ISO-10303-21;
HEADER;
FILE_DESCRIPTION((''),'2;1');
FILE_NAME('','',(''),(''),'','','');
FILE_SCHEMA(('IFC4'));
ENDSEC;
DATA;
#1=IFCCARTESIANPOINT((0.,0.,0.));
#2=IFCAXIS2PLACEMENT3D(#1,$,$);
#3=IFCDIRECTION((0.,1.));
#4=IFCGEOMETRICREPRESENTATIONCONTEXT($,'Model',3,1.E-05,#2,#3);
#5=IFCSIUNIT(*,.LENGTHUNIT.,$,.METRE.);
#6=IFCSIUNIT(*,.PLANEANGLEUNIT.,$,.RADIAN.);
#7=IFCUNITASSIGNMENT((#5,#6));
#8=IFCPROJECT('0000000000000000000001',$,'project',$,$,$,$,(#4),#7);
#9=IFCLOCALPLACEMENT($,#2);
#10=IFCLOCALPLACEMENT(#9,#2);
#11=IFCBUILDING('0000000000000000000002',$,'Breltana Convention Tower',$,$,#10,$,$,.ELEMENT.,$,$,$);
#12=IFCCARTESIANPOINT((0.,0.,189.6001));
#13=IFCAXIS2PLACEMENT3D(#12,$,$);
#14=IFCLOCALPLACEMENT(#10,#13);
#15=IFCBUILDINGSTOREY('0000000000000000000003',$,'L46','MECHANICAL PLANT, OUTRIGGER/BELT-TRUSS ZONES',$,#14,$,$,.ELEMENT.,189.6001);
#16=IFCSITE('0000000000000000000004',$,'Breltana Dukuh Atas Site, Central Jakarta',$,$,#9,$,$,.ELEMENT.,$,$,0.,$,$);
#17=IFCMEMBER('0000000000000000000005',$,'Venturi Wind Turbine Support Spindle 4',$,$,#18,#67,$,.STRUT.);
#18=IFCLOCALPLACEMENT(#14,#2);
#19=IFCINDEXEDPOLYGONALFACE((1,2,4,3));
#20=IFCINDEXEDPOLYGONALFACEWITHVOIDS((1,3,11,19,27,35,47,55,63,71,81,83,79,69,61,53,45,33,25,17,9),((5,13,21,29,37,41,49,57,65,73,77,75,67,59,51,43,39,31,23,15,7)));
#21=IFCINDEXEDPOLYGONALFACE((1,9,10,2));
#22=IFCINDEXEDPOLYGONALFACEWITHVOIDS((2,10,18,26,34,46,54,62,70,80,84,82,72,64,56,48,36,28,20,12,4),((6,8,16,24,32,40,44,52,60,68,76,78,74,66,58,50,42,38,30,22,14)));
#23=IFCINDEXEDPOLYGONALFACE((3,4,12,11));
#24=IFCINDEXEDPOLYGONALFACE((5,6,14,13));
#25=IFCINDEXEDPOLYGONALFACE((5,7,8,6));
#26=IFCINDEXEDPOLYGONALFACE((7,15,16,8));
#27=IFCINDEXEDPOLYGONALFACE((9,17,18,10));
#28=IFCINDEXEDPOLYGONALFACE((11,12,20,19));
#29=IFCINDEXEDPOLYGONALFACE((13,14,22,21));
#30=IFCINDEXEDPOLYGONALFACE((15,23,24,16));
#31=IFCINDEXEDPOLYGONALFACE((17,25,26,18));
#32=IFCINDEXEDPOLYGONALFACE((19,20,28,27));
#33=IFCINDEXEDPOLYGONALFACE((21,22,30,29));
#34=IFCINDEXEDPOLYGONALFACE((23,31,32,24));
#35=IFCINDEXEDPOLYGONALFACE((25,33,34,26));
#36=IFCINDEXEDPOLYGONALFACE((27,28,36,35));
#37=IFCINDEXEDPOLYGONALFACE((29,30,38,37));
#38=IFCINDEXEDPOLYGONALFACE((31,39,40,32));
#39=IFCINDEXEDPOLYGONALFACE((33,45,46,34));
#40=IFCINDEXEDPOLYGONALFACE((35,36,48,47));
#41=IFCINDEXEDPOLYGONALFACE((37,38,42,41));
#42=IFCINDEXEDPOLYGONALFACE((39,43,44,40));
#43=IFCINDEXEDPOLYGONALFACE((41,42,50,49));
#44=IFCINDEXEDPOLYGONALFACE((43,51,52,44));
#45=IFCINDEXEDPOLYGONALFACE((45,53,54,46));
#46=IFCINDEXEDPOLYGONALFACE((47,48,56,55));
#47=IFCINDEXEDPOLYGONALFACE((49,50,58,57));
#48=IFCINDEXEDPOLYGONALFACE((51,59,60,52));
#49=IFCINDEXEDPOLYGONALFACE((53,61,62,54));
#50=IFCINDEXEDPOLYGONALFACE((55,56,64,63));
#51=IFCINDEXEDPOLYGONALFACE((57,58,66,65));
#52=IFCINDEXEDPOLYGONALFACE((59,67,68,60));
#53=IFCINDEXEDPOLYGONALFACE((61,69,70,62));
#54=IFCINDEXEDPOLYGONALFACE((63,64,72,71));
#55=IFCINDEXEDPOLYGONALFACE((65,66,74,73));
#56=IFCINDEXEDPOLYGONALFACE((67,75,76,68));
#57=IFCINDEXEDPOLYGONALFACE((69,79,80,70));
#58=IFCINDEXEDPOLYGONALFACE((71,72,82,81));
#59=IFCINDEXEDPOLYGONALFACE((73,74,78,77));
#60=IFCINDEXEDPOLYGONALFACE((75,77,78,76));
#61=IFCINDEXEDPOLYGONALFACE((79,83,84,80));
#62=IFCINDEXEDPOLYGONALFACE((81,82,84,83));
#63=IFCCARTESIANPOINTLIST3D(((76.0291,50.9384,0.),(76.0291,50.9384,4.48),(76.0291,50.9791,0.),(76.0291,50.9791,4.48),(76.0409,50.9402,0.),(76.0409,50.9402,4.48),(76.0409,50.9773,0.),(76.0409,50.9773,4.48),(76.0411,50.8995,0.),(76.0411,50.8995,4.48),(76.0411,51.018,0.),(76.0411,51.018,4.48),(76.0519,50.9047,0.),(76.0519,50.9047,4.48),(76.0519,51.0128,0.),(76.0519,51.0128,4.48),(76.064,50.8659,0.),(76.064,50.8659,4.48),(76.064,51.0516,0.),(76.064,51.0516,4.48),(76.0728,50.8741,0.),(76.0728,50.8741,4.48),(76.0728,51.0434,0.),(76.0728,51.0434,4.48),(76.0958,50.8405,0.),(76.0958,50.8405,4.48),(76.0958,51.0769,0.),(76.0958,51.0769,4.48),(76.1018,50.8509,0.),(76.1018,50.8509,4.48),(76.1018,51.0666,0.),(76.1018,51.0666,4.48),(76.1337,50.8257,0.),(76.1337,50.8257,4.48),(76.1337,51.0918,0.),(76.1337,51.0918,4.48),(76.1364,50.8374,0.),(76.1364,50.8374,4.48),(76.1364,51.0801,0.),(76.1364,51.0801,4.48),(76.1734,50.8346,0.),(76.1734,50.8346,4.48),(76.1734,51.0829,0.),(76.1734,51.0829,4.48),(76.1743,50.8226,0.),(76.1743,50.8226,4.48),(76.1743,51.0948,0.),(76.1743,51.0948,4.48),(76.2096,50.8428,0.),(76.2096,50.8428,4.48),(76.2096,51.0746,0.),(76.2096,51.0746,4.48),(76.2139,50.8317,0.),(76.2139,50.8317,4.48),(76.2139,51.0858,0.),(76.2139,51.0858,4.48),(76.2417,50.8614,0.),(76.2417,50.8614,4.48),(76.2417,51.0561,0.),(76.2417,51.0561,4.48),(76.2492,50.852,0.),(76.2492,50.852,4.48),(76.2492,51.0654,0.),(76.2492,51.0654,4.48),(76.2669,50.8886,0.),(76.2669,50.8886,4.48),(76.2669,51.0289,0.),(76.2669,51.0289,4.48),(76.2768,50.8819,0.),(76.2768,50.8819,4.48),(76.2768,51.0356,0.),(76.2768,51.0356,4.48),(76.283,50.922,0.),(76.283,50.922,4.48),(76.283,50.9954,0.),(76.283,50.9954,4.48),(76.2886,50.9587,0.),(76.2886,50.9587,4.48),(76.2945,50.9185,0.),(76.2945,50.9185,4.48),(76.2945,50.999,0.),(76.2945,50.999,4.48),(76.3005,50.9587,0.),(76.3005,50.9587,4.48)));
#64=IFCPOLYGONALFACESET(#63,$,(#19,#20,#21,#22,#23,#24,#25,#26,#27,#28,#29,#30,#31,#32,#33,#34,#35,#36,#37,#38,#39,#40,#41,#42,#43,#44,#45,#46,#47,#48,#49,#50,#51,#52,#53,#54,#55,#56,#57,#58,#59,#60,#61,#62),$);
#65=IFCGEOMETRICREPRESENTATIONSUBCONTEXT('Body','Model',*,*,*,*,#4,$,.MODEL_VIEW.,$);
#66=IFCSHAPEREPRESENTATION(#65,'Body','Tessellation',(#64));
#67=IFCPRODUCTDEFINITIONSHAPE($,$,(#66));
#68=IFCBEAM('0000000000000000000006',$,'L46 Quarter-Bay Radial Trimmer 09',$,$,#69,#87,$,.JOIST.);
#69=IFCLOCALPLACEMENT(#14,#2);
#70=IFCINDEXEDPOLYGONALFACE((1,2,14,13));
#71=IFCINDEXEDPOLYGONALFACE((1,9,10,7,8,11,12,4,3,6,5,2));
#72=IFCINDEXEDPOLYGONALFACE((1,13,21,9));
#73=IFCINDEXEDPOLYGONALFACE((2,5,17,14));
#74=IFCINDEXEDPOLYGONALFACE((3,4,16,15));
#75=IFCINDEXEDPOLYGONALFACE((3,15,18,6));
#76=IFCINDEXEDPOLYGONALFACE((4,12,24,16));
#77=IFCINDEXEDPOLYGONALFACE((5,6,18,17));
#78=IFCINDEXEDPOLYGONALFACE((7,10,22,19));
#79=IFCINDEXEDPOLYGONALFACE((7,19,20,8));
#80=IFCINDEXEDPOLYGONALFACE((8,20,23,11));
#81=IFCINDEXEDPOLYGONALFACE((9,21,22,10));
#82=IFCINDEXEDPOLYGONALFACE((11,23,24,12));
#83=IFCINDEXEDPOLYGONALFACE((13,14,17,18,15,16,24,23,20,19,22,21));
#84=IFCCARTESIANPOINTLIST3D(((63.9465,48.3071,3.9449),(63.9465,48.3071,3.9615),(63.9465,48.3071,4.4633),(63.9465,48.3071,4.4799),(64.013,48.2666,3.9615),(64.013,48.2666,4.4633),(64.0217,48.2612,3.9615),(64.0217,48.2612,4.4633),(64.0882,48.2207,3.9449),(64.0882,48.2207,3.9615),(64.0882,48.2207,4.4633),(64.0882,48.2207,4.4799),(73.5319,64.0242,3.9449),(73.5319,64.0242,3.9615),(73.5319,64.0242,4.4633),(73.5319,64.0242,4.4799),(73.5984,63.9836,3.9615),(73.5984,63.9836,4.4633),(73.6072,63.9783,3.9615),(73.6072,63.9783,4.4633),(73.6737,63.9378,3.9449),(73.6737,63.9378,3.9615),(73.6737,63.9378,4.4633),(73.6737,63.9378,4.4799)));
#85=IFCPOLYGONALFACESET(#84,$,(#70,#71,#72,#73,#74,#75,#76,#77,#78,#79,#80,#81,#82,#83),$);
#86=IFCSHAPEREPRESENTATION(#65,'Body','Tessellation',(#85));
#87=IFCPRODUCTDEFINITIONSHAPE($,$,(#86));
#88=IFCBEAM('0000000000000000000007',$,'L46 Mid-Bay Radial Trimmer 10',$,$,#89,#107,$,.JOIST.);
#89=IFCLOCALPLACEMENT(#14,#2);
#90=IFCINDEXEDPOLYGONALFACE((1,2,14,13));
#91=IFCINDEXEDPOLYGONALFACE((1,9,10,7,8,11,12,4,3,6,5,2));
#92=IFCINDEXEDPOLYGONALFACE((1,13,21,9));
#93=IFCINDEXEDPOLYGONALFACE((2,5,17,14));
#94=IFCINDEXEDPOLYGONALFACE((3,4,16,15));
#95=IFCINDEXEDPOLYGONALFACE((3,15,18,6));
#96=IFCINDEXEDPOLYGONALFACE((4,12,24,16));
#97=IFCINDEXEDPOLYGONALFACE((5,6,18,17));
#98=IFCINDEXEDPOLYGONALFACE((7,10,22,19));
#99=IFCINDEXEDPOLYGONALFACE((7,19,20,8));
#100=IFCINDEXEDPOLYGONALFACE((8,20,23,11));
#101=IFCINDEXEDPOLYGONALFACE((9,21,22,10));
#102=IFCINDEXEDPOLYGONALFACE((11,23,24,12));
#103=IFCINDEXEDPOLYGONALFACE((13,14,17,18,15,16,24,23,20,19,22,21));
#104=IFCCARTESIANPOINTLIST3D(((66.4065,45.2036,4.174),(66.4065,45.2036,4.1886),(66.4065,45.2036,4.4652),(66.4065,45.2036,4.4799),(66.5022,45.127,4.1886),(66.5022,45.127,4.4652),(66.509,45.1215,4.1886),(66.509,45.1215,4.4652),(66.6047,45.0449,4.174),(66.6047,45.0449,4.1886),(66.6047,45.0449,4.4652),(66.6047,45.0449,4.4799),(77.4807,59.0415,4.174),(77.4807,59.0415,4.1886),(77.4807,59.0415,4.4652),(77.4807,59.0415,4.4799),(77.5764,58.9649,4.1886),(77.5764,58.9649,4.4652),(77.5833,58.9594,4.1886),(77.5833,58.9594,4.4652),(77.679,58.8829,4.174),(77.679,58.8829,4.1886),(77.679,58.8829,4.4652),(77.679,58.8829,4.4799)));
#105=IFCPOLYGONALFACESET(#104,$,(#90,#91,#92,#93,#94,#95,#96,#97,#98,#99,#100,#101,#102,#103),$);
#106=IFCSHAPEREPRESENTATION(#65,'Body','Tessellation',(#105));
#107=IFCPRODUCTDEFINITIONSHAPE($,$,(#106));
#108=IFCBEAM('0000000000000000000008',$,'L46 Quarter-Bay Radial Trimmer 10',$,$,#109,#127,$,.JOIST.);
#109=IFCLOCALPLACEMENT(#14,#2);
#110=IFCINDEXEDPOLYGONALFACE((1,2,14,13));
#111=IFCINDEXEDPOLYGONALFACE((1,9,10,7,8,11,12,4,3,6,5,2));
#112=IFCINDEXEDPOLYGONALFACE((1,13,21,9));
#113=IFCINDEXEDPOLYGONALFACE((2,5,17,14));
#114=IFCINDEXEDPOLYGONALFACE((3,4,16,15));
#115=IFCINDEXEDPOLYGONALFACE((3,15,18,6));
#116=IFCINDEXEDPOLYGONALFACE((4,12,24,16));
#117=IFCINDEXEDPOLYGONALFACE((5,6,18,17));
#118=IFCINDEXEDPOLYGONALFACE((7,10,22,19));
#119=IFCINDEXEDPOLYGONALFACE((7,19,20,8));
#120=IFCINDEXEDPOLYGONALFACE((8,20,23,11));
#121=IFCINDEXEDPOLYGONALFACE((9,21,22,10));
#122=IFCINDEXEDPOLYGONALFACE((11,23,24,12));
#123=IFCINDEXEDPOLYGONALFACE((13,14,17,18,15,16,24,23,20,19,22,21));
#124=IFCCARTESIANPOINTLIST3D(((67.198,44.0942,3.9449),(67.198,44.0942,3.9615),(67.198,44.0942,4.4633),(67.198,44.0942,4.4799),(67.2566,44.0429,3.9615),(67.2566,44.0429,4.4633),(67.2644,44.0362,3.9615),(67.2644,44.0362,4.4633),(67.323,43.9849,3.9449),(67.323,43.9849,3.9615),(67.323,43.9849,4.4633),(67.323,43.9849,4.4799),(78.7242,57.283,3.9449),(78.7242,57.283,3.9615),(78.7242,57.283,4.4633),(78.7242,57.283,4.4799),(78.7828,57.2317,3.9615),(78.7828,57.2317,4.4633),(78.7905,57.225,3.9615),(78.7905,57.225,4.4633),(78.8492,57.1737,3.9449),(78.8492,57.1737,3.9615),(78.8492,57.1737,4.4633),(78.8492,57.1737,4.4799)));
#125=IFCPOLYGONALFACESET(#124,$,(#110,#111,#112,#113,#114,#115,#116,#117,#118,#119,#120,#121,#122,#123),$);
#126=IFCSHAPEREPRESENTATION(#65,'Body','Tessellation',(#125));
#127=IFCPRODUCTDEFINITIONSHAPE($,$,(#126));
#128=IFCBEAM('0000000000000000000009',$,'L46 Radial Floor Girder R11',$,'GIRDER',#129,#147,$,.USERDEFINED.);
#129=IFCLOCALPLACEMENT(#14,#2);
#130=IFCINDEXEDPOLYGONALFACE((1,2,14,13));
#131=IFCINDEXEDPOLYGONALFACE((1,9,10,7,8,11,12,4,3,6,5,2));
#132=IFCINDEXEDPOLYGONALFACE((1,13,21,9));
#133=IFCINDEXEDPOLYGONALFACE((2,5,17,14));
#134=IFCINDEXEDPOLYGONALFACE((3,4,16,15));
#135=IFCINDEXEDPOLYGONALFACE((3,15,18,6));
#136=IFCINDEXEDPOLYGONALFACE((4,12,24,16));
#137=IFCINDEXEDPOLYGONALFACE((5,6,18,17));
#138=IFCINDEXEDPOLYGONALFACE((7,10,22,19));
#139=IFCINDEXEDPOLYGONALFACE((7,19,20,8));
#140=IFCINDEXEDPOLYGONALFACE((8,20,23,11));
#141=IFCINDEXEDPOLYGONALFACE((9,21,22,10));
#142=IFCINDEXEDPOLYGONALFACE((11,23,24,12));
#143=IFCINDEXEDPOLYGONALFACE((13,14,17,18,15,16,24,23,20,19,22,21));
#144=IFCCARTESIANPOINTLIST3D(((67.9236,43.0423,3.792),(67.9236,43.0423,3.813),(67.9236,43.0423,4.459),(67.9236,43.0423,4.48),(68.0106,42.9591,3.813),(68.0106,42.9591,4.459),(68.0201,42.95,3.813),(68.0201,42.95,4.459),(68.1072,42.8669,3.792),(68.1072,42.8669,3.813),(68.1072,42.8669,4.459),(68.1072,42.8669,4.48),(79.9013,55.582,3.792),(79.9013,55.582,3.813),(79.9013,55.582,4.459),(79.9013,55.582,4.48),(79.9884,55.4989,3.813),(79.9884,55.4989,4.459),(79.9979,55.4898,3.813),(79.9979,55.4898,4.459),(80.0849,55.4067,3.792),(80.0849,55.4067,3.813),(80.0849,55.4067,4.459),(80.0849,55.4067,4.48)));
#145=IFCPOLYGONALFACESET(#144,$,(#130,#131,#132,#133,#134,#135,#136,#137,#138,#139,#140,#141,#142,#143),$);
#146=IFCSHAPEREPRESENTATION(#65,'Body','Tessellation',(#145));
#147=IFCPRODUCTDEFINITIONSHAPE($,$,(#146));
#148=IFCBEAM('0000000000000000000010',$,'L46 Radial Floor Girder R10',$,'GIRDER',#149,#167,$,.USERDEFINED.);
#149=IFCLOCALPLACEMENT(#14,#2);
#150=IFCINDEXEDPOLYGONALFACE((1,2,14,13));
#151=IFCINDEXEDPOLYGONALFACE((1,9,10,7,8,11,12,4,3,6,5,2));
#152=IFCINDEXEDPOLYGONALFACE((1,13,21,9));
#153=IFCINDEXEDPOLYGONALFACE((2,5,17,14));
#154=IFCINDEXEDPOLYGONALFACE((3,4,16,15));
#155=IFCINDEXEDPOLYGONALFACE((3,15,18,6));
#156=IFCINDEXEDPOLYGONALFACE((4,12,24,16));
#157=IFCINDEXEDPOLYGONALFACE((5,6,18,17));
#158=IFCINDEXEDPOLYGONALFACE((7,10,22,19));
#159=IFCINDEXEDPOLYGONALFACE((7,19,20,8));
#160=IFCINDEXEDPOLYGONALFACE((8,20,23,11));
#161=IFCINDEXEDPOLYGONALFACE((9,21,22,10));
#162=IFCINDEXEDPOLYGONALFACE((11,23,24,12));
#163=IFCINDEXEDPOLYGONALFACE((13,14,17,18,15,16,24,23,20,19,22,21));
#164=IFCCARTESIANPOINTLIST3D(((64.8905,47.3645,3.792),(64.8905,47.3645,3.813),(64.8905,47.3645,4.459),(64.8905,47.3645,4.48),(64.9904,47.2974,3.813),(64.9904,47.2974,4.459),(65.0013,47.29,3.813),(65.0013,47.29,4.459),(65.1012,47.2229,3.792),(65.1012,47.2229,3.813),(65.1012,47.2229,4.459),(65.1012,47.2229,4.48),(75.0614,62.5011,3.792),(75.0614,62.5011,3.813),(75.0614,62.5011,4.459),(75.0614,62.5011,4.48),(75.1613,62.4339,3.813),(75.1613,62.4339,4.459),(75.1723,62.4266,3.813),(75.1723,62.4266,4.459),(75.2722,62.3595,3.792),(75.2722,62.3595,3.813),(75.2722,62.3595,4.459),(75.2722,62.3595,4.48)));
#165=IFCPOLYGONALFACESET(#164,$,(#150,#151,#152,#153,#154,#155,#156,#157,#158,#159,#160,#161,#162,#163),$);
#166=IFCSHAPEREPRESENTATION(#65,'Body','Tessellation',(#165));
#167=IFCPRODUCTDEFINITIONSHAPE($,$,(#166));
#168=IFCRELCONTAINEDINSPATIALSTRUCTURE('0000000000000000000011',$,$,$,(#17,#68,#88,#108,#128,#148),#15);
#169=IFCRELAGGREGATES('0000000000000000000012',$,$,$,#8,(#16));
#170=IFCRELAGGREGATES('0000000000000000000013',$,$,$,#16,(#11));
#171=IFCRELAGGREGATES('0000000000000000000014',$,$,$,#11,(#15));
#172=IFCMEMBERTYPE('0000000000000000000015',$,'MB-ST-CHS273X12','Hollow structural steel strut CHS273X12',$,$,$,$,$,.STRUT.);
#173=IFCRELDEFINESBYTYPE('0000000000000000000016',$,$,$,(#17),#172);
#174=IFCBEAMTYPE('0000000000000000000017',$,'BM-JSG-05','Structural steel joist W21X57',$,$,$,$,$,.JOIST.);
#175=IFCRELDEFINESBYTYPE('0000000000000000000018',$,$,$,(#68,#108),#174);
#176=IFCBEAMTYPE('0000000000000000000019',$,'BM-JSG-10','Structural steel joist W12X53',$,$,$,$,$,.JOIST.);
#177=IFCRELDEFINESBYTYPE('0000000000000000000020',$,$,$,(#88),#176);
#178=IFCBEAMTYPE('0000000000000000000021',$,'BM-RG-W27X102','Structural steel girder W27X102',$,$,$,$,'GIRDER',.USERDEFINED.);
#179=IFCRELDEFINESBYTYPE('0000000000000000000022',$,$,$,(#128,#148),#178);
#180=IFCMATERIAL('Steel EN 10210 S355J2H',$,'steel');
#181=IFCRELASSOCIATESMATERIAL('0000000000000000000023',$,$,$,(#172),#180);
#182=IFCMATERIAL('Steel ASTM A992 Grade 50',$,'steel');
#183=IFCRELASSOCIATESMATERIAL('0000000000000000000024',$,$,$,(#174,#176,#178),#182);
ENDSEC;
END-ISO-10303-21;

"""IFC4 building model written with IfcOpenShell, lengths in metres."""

from ifc_helpers import new_model, si_unit, direction, frame, origin, origin_2d, place, context, subcontext, project, spatial, hollow_circle, i_section, extrude, source, transform, mapped, material, material_profile, profile_set, type_object, type_shapes, element, save


model = new_model("IFC4")

# Units and contexts
model_context = context("Model", 3, precision=1e-05, world=origin(), true_north=direction((0.0, 1.0)))
body_context = subcontext(model_context, "Body", "Model", "MODEL_VIEW")
ifc_project = project(units=[si_unit("LENGTHUNIT", "METRE"), si_unit("PLANEANGLEUNIT", "RADIAN")], contexts=[model_context])

# Site, building, storey
site_placement = place(None, origin())
site = spatial("IfcSite", under=ifc_project, at=site_placement, Name="Breltana Dukuh Atas Site, Central Jakarta", CompositionType="ELEMENT", RefElevation=0.0)
building_placement = place(site_placement, origin())
building = spatial("IfcBuilding", under=site, at=building_placement, Name="Breltana Convention Tower", CompositionType="ELEMENT")
storey_placement = place(building_placement, frame((0.0, 0.0, 189.6001)))
storey = spatial("IfcBuildingStorey", under=building, at=storey_placement, Name="L46", Description="MECHANICAL PLANT, OUTRIGGER/BELT-TRUSS ZONES", CompositionType="ELEMENT", Elevation=189.6001)

# Member
ifc_material_1 = material(Name="Steel EN 10210 S355J2H", Category="steel")
ifc_material_profile_1 = material_profile(ifc_material_1, hollow_circle(Radius=0.1365, WallThickness=0.012, at=origin_2d()), Name="CHS273X12")
ifc_profile_set_1 = profile_set([ifc_material_profile_1], Name="Steel EN 10210 S355J2H")
member_type = type_object("IfcMemberType", Name="MB-ST-CHS273X12", Description="Hollow structural steel strut CHS273X12", PredefinedType="STRUT", material=ifc_profile_set_1)
shared_shape_1 = source(origin(), body_context, "Body", "SweptSolid", [
    extrude(hollow_circle(Radius=0.1365, WallThickness=0.012, at=origin_2d()), origin(), (0.0, 0.0, 1.0), 4.48),
])
type_shapes(member_type, [shared_shape_1])
member_placement = place(storey_placement, frame((76.1641, 50.9587, 0.0), z_axis=(0.0, 0.0, 1.0), x_axis=(1.0, 0.0, 0.0)))
element("IfcMember", 1, at=member_placement, inside=storey, type_object=member_type, Name="Venturi Wind Turbine Support Spindle 4", PredefinedType="STRUT", context=body_context, shape_type="MappedRepresentation", body=[
    mapped(shared_shape_1, transform((0.0, 0.0, 0.0), scale=1.0)),
])

# Beams
ifc_material_2 = material(Name="Steel ASTM A992 Grade 50", Category="steel")
ifc_material_profile_2 = material_profile(ifc_material_2, i_section(OverallWidth=0.166, OverallDepth=0.5349, WebThickness=0.0103, FlangeThickness=0.0166, at=origin_2d()), Name="W21X57")
ifc_profile_set_2 = profile_set([ifc_material_profile_2], Name="Steel ASTM A992 Grade 50")
beam_type_1 = type_object("IfcBeamType", Name="BM-JSG-05", Description="Structural steel joist W21X57", PredefinedType="JOIST", material=ifc_profile_set_2)
shared_shape_2 = source(origin(), body_context, "Body", "SweptSolid", [
    extrude(i_section(OverallWidth=0.166, OverallDepth=0.5349, WebThickness=0.0103, FlangeThickness=0.0166, at=origin_2d()), origin(), (0.0, 0.0, 1.0), 18.4094),
])
beam_1_placement = place(storey_placement, frame((64.0173, 48.2639, 4.2124), z_axis=(0.520682, 0.853751, 0.0), x_axis=(-0.853751, 0.520682, 0.0)))
element("IfcBeam", 2, at=beam_1_placement, inside=storey, type_object=beam_type_1, Name="L46 Quarter-Bay Radial Trimmer 09", PredefinedType="JOIST", context=body_context, shape_type="MappedRepresentation", body=[
    mapped(shared_shape_2, transform((0.0, 0.0, 0.0), scale=1.0)),
])
ifc_material_profile_3 = material_profile(ifc_material_2, i_section(OverallWidth=0.2539, OverallDepth=0.3059, WebThickness=0.0088, FlangeThickness=0.0146, at=origin_2d()), Name="W12X53")
ifc_profile_set_3 = profile_set([ifc_material_profile_3], Name="Steel ASTM A992 Grade 50")
beam_type_2 = type_object("IfcBeamType", Name="BM-JSG-10", Description="Structural steel joist W12X53", PredefinedType="JOIST", material=ifc_profile_set_3)
shared_shape_3 = source(origin(), body_context, "Body", "SweptSolid", [
    extrude(i_section(OverallWidth=0.2539, OverallDepth=0.3059, WebThickness=0.0088, FlangeThickness=0.0146, at=origin_2d()), origin(), (0.0, 0.0, 1.0), 17.7236),
])
beam_2_placement = place(storey_placement, frame((66.5056, 45.1243, 4.3269), z_axis=(0.624829, 0.780761, 0.0), x_axis=(-0.780761, 0.624829, 0.0)))
element("IfcBeam", 3, at=beam_2_placement, inside=storey, type_object=beam_type_2, Name="L46 Mid-Bay Radial Trimmer 10", PredefinedType="JOIST", context=body_context, shape_type="MappedRepresentation", body=[
    mapped(shared_shape_3, transform((0.0, 0.0, 0.0), scale=1.0)),
])
shared_shape_4 = source(origin(), body_context, "Body", "SweptSolid", [
    extrude(i_section(OverallWidth=0.166, OverallDepth=0.5349, WebThickness=0.0103, FlangeThickness=0.0166, at=origin_2d()), origin(), (0.0, 0.0, 1.0), 17.5156),
])
beam_3_placement = place(storey_placement, frame((67.2605, 44.0396, 4.2124), z_axis=(0.658052, 0.752973, 0.0), x_axis=(-0.752973, 0.658052, 0.0)))
element("IfcBeam", 4, at=beam_3_placement, inside=storey, type_object=beam_type_1, Name="L46 Quarter-Bay Radial Trimmer 10", PredefinedType="JOIST", context=body_context, shape_type="MappedRepresentation", body=[
    mapped(shared_shape_4, transform((0.0, 0.0, 0.0), scale=1.0)),
])
ifc_material_profile_4 = material_profile(ifc_material_2, i_section(OverallWidth=0.2539, OverallDepth=0.688, WebThickness=0.0132, FlangeThickness=0.021, at=origin_2d()), Name="W27X102")
ifc_profile_set_4 = profile_set([ifc_material_profile_4], Name="Steel ASTM A992 Grade 50")
beam_type_3 = type_object("IfcBeamType", Name="BM-RG-W27X102", Description="Structural steel girder W27X102", ElementType="GIRDER", PredefinedType="USERDEFINED", material=ifc_profile_set_4)
shared_shape_5 = source(origin(), body_context, "Body", "SweptSolid", [
    extrude(i_section(OverallWidth=0.2539, OverallDepth=0.688, WebThickness=0.0132, FlangeThickness=0.021, at=origin_2d()), origin(), (0.0, 0.0, 1.0), 17.3411),
])
type_shapes(beam_type_3, [shared_shape_5])
beam_4_placement = place(storey_placement, frame((68.0154, 42.9546, 4.136), z_axis=(0.690716, 0.723126, 0.0), x_axis=(-0.723126, 0.690716, 0.0)))
element("IfcBeam", 5, at=beam_4_placement, inside=storey, type_object=beam_type_3, Name="L46 Radial Floor Girder R11", ObjectType="GIRDER", PredefinedType="USERDEFINED", context=body_context, shape_type="MappedRepresentation", body=[
    mapped(shared_shape_5, transform((0.0, 0.0, 0.0), scale=1.0)),
])
shared_shape_6 = source(origin(), body_context, "Body", "SweptSolid", [
    extrude(i_section(OverallWidth=0.2539, OverallDepth=0.688, WebThickness=0.0132, FlangeThickness=0.021, at=origin_2d()), origin(), (0.0, 0.0, 1.0), 18.2363),
])
beam_5_placement = place(storey_placement, frame((64.9958, 47.2937, 4.136), z_axis=(0.55773, 0.830022, 0.0), x_axis=(-0.830022, 0.55773, 0.0)))
element("IfcBeam", 6, at=beam_5_placement, inside=storey, type_object=beam_type_3, Name="L46 Radial Floor Girder R10", ObjectType="GIRDER", PredefinedType="USERDEFINED", context=body_context, shape_type="MappedRepresentation", body=[
    mapped(shared_shape_6, transform((0.0, 0.0, 0.0), scale=1.0)),
])

save(model, "model.ifc")
